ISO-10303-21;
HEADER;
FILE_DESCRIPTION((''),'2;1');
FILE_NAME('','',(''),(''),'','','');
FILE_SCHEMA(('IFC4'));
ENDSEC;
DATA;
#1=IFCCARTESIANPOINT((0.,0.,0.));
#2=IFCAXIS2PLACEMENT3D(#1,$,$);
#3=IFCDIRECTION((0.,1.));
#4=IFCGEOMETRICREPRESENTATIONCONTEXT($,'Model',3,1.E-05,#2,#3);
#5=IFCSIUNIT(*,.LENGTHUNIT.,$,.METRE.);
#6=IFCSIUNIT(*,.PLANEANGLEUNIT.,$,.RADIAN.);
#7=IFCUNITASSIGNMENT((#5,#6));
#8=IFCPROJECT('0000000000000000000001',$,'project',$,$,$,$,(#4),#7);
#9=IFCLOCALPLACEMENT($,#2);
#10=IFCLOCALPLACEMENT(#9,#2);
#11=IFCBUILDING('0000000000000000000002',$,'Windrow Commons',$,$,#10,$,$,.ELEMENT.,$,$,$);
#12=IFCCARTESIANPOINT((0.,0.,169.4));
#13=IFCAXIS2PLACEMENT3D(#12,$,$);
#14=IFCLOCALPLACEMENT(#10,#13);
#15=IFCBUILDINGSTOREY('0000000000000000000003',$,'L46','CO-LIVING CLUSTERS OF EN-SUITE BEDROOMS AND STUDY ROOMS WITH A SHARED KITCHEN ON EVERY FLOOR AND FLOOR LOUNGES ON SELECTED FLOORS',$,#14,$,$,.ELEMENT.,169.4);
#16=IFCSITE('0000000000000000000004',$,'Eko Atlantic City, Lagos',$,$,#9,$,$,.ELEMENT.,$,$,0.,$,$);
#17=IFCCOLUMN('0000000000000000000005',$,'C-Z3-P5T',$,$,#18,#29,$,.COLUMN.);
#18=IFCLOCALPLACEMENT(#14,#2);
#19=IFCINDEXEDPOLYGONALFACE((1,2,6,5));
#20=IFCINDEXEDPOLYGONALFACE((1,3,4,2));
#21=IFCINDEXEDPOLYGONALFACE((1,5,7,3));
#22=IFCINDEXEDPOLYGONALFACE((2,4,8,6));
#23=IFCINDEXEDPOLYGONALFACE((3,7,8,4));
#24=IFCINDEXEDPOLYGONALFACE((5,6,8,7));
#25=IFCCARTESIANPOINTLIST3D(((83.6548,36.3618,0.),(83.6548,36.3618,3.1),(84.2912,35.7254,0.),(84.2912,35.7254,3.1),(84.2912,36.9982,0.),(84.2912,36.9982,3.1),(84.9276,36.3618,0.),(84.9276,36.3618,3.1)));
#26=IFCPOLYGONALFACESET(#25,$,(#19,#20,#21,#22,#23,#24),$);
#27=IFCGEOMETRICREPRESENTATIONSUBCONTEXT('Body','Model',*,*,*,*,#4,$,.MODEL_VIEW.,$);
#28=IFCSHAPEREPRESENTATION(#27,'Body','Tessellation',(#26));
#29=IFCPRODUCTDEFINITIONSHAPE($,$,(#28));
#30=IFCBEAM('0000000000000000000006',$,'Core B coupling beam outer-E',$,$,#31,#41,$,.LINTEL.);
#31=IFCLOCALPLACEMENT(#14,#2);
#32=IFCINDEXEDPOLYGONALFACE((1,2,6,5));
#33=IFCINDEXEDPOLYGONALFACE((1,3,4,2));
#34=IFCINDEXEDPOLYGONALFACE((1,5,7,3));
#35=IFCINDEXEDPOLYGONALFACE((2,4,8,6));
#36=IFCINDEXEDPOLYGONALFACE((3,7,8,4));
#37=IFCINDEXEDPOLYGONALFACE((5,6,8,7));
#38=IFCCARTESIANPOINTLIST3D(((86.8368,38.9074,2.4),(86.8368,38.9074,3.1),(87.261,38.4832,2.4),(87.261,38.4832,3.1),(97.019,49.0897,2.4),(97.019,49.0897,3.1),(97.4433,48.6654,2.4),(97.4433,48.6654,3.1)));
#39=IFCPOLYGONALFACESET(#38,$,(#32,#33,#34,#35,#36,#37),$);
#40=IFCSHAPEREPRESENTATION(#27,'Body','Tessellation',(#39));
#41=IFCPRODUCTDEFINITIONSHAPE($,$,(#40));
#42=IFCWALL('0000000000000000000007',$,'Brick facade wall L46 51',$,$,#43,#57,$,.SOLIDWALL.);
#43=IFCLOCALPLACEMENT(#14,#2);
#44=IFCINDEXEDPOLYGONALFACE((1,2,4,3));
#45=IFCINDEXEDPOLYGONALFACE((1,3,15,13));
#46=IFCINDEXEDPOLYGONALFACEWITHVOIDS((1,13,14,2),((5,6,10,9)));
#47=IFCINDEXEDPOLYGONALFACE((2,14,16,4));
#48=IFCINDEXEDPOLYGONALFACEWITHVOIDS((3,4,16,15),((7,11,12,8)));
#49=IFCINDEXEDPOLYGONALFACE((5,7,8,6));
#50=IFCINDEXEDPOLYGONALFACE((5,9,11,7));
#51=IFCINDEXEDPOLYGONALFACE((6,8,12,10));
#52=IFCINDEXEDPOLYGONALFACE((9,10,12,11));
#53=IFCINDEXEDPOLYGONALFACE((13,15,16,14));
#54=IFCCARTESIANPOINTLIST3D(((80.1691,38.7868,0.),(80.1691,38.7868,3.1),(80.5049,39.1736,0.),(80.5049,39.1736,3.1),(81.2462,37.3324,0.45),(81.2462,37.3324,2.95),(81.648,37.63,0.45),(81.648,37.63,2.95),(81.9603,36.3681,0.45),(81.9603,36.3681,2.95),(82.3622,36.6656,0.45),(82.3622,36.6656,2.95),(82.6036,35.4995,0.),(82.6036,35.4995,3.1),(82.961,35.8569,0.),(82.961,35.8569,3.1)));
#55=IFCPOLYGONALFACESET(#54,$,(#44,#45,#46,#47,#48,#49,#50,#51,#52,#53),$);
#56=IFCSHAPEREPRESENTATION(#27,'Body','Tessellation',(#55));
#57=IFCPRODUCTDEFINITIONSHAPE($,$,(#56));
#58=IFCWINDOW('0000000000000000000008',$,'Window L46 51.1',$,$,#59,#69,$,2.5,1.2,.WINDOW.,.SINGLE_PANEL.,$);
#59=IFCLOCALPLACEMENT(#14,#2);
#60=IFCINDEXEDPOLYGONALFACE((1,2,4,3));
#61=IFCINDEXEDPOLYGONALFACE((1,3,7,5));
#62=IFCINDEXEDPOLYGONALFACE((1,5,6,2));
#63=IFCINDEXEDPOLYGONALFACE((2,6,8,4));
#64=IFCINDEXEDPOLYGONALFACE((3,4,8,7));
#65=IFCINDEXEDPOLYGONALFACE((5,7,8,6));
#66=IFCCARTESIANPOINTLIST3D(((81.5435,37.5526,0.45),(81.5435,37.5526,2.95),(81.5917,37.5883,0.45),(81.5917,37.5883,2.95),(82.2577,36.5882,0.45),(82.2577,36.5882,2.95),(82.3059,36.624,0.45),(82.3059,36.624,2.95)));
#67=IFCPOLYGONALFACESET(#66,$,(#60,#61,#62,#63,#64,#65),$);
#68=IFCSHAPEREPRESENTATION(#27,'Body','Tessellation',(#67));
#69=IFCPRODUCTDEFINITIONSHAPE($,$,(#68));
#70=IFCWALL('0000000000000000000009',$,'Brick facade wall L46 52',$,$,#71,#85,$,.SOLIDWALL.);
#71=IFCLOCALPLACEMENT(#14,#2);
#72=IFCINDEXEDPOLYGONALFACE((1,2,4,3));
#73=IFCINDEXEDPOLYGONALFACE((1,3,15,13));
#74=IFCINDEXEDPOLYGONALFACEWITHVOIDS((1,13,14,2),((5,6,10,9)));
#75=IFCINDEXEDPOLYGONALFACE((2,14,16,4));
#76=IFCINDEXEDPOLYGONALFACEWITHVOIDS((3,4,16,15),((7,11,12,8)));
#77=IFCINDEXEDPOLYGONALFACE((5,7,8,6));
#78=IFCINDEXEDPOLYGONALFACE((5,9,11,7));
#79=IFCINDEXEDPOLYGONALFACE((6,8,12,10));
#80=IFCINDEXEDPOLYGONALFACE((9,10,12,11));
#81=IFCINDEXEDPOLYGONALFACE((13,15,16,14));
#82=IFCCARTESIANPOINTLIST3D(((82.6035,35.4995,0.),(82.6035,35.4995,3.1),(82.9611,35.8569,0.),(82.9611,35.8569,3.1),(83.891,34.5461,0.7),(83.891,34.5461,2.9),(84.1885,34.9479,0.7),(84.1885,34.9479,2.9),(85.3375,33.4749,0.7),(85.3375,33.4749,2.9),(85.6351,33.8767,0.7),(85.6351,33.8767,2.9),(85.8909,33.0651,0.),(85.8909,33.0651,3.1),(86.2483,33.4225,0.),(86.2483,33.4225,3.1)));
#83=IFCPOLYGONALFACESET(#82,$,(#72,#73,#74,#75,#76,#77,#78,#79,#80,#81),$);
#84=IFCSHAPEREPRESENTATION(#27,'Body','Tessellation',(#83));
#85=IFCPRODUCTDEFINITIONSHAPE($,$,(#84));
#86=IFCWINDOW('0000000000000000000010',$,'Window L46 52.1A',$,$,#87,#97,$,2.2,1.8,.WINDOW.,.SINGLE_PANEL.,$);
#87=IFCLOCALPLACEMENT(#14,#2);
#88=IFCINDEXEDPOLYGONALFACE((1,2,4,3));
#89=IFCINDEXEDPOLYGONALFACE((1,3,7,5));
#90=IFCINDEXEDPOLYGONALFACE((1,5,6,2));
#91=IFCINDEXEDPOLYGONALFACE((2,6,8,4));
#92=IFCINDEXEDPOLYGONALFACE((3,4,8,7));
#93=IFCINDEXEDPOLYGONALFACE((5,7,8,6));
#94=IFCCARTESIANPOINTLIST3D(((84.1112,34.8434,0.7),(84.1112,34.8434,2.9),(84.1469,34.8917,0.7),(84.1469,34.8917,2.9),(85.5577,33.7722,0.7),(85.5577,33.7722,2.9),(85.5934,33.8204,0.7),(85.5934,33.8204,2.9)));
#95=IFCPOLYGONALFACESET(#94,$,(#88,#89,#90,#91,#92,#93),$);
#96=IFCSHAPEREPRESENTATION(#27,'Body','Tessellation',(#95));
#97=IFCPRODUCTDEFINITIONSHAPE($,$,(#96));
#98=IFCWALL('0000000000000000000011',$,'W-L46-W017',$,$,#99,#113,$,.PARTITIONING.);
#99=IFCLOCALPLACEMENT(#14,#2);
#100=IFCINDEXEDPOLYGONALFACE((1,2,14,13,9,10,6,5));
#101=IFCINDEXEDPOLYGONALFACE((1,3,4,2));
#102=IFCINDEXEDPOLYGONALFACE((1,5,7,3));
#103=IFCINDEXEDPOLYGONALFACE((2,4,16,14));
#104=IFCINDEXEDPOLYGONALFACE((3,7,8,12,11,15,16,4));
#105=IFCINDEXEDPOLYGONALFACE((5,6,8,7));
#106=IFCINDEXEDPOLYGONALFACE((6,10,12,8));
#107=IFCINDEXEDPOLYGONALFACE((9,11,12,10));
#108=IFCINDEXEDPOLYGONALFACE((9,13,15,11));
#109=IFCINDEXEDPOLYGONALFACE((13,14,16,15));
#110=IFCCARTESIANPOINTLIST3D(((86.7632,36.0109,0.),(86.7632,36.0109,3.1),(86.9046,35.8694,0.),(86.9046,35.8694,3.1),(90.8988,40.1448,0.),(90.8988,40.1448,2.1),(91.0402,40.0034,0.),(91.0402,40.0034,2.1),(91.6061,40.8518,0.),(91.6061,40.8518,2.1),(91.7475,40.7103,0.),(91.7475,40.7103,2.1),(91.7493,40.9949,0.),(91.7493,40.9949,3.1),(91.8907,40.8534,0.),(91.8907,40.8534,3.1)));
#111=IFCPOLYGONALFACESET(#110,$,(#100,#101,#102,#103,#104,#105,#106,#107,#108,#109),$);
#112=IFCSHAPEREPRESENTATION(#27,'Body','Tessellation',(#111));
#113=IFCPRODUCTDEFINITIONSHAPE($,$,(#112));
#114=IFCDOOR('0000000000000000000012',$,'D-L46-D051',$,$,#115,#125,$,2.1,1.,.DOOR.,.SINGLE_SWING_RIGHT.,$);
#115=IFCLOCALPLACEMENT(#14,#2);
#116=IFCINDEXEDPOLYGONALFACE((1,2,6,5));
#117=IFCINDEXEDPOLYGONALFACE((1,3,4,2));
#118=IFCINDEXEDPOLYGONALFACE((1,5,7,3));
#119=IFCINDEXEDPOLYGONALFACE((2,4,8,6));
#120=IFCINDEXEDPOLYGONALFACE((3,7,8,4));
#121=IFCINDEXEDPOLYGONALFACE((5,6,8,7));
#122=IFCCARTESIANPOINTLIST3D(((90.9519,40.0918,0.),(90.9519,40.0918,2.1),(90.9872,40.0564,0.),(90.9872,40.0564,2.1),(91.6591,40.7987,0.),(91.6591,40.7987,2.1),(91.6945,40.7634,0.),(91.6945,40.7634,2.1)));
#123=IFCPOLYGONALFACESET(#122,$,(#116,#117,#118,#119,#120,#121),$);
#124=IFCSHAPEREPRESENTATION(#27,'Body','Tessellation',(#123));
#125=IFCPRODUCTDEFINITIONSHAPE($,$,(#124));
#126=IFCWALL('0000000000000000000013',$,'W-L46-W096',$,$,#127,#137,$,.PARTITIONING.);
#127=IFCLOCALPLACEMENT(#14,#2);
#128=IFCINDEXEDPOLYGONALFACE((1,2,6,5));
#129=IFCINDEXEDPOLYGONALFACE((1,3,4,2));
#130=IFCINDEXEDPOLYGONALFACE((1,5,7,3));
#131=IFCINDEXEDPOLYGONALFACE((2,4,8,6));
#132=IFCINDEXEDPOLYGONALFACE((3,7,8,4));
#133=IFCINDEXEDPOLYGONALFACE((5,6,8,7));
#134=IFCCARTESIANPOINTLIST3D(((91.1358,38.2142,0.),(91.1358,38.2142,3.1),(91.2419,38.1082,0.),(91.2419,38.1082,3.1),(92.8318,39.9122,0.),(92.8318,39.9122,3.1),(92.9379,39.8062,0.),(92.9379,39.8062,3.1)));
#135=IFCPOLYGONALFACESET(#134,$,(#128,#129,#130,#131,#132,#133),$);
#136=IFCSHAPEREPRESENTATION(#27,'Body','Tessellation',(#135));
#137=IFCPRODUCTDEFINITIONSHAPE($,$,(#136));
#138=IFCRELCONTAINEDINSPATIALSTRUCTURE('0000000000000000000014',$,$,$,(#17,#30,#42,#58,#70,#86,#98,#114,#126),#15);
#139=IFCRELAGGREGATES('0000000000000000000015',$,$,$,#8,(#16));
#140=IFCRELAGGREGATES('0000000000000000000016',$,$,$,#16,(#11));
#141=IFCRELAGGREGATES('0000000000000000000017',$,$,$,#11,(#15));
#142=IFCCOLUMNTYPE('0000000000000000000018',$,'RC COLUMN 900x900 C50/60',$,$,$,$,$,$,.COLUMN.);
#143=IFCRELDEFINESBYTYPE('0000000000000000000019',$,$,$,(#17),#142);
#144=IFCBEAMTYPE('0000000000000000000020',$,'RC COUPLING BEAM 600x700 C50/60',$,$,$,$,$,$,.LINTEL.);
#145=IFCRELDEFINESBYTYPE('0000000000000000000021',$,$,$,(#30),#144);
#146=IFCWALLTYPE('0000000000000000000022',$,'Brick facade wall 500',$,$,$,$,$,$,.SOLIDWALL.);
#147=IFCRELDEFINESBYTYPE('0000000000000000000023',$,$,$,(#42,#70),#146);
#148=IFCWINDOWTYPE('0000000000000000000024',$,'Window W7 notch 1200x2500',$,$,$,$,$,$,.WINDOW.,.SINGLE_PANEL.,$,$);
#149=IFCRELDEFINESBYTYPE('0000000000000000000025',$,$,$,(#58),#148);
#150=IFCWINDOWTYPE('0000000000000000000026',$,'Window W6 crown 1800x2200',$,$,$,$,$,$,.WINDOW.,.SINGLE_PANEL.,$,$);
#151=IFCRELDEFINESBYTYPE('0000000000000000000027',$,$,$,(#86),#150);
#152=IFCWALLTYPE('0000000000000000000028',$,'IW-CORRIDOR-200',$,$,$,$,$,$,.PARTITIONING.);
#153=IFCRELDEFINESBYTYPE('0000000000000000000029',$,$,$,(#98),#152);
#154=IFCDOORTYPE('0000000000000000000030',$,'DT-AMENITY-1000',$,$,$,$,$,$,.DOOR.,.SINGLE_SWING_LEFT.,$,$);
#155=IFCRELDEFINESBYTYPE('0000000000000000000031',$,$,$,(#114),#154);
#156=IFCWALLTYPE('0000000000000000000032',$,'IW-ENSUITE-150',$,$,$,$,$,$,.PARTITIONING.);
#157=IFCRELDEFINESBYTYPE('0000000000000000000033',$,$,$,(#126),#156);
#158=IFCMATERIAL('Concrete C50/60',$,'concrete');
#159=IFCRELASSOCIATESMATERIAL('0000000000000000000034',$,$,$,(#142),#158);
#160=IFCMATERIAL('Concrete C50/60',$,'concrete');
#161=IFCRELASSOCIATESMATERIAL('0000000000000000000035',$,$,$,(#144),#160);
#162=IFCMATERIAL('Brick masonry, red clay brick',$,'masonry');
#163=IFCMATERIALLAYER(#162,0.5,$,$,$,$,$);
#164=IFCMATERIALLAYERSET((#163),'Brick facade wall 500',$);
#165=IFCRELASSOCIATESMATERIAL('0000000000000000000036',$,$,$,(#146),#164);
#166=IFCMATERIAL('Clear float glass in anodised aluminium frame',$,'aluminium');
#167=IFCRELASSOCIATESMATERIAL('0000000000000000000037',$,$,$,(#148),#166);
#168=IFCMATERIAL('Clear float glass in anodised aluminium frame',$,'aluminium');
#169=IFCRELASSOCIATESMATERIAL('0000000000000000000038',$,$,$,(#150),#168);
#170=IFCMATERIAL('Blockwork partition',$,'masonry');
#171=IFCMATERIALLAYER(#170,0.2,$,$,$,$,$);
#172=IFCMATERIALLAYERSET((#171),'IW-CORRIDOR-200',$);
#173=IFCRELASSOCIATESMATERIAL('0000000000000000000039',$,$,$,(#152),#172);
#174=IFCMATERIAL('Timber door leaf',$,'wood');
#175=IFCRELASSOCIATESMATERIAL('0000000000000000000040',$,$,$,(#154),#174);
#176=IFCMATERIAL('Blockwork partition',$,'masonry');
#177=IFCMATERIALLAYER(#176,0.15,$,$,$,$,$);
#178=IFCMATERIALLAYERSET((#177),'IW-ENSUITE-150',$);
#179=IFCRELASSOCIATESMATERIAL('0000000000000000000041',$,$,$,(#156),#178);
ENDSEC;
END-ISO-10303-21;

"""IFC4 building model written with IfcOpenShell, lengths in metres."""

from ifc_helpers import new_model, si_unit, direction, frame, frame_2d, origin, origin_2d, place, context, subcontext, project, spatial, polyline, rectangle, outline, extrude, material, layer, layer_set, material_profile, profile_set, type_object, element, fill, save


model = new_model("IFC4")

# Units and contexts
model_context = context("Model", 3, precision=1e-05, world=origin(), true_north=direction((0.0, 1.0)))
body_context = subcontext(model_context, "Body", "Model", "MODEL_VIEW")
ifc_project = project(units=[si_unit("LENGTHUNIT", "METRE"), si_unit("PLANEANGLEUNIT", "RADIAN")], contexts=[model_context])

# Site, building, storey
site_placement = place(None, origin())
site = spatial("IfcSite", under=ifc_project, at=site_placement, Name="Eko Atlantic City, Lagos", CompositionType="ELEMENT", RefElevation=0.0)
building_placement = place(site_placement, origin())
building = spatial("IfcBuilding", under=site, at=building_placement, Name="Windrow Commons", CompositionType="ELEMENT")
storey_placement = place(building_placement, frame((0.0, 0.0, 169.4)))
storey = spatial("IfcBuildingStorey", under=building, at=storey_placement, Name="L46", Description="CO-LIVING CLUSTERS OF EN-SUITE BEDROOMS AND STUDY ROOMS WITH A SHARED KITCHEN ON EVERY FLOOR AND FLOOR LOUNGES ON SELECTED FLOORS", CompositionType="ELEMENT", Elevation=169.4)

# Column
ifc_material_1 = material(Name="Concrete C50/60", Category="concrete")
ifc_material_profile_1 = material_profile(ifc_material_1, rectangle(XDim=0.9, YDim=0.9, at=origin_2d()))
ifc_profile_set_1 = profile_set([ifc_material_profile_1], Name="Concrete C50/60")
column_type = type_object("IfcColumnType", Name="RC COLUMN 900x900 C50/60", PredefinedType="COLUMN", material=ifc_profile_set_1)
column_placement = place(storey_placement, frame((84.2912, 36.3618, 0.0), z_axis=(0.0, 0.0, 1.0), x_axis=(0.707107, -0.707107, 0.0)))
element("IfcColumn", 1, at=column_placement, inside=storey, type_object=column_type, Name="C-Z3-P5T", PredefinedType="COLUMN", context=body_context, shape_type="SweptSolid", body=[
    extrude(rectangle(XDim=0.9, YDim=0.9, at=origin_2d()), origin(), (0.0, 0.0, 1.0), 3.1),
])

# Beam
ifc_material_2 = material(Name="Concrete C50/60", Category="concrete")
ifc_material_profile_2 = material_profile(ifc_material_2, rectangle(XDim=0.6, YDim=0.7, at=origin_2d()))
ifc_profile_set_2 = profile_set([ifc_material_profile_2], Name="Concrete C50/60")
beam_type = type_object("IfcBeamType", Name="RC COUPLING BEAM 600x700 C50/60", PredefinedType="LINTEL", material=ifc_profile_set_2)
beam_placement = place(storey_placement, frame((87.0489, 38.6953, 2.75), z_axis=(0.707107, 0.707107, 0.0), x_axis=(-0.707107, 0.707107, 0.0)))
element("IfcBeam", 2, at=beam_placement, inside=storey, type_object=beam_type, Name="Core B coupling beam outer-E", PredefinedType="LINTEL", context=body_context, shape_type="SweptSolid", body=[
    extrude(rectangle(XDim=0.6, YDim=0.7, at=origin_2d()), origin(), (0.0, 0.0, 1.0), 14.3999),
])

# Walls, openings, windows
ifc_material_3 = material(Name="Brick masonry, red clay brick", Category="masonry")
ifc_layer_1 = layer(ifc_material_3, 0.5)
ifc_layer_set_1 = layer_set([ifc_layer_1], Name="Brick facade wall 500")
wall_type_1 = type_object("IfcWallType", Name="Brick facade wall 500", PredefinedType="SOLIDWALL", material=ifc_layer_set_1)
wall_1_placement = place(storey_placement, frame((80.337, 38.9802, 0.0), z_axis=(0.0, 0.0, 1.0), x_axis=(0.595129, -0.80363, 0.0)))
wall_1 = element("IfcWall", 3, at=wall_1_placement, inside=storey, type_object=wall_type_1, Name="Brick facade wall L46 51", PredefinedType="SOLIDWALL", context=body_context, shape_type="SweptSolid", body=[
    extrude(outline(polyline([(0.0555, -0.25), (4.1461, -0.25), (4.0716, 0.25), (-0.0555, 0.25), (0.0555, -0.25)])), origin(), (0.0, 0.0, 1.0), 3.1),
])
opening_1_placement = place(wall_1_placement, frame((1.8653, 0.0, 0.45)))
opening_1 = element("IfcOpeningElement", 4, at=opening_1_placement, cuts=wall_1, PredefinedType="OPENING", context=body_context, shape_type="SweptSolid", body=[
    extrude(rectangle(XDim=1.2, YDim=2.5, at=frame_2d((0.6, 1.25))), frame((0.0, 0.26, 0.0), z_axis=(0.0, -1.0, 0.0), x_axis=(1.0, 0.0, 0.0)), (0.0, 0.0, 1.0), 0.52),
])
ifc_material_4 = material(Name="Clear float glass in anodised aluminium frame", Category="aluminium")
window_type_1 = type_object("IfcWindowType", Name="Window W7 notch 1200x2500", PartitioningType="SINGLE_PANEL", PredefinedType="WINDOW", material=ifc_material_4)
window_1_placement = place(opening_1_placement, origin())
window_1 = element("IfcWindow", 5, at=window_1_placement, inside=storey, type_object=window_type_1, Name="Window L46 51.1", OverallHeight=2.5, OverallWidth=1.2, PartitioningType="SINGLE_PANEL", PredefinedType="WINDOW", context=body_context, shape_type="SweptSolid", body=[
    extrude(rectangle(XDim=1.2, YDim=2.5, at=frame_2d((0.6, 1.25))), frame((0.0, 0.18, 0.0), z_axis=(0.0, -1.0, 0.0), x_axis=(1.0, 0.0, 0.0)), (0.0, 0.0, 1.0), 0.06),
])
fill(opening_1, window_1)
wall_2_placement = place(storey_placement, frame((82.7823, 35.6782, 0.0), z_axis=(0.0, 0.0, 1.0), x_axis=(0.803632, -0.595127, 0.0)))
wall_2 = element("IfcWall", 6, at=wall_2_placement, inside=storey, type_object=wall_type_1, Name="Brick facade wall L46 52", PredefinedType="SOLIDWALL", context=body_context, shape_type="SweptSolid", body=[
    extrude(outline(polyline([(-0.0373, -0.25), (4.0533, -0.25), (4.1278, 0.25), (0.0373, 0.25), (-0.0373, -0.25)])), origin(), (0.0, 0.0, 1.0), 3.1),
])
opening_2_placement = place(wall_2_placement, frame((1.5647, 0.0, 0.7)))
opening_2 = element("IfcOpeningElement", 7, at=opening_2_placement, cuts=wall_2, PredefinedType="OPENING", context=body_context, shape_type="SweptSolid", body=[
    extrude(rectangle(XDim=1.8, YDim=2.2, at=frame_2d((0.9, 1.1))), frame((0.0, 0.26, 0.0), z_axis=(0.0, -1.0, 0.0), x_axis=(1.0, 0.0, 0.0)), (0.0, 0.0, 1.0), 0.52),
])
ifc_material_5 = material(Name="Clear float glass in anodised aluminium frame", Category="aluminium")
window_type_2 = type_object("IfcWindowType", Name="Window W6 crown 1800x2200", PartitioningType="SINGLE_PANEL", PredefinedType="WINDOW", material=ifc_material_5)
window_2_placement = place(opening_2_placement, origin())
window_2 = element("IfcWindow", 8, at=window_2_placement, inside=storey, type_object=window_type_2, Name="Window L46 52.1A", OverallHeight=2.2, OverallWidth=1.8, PartitioningType="SINGLE_PANEL", PredefinedType="WINDOW", context=body_context, shape_type="SweptSolid", body=[
    extrude(rectangle(XDim=1.8, YDim=2.2, at=frame_2d((0.9, 1.1))), frame((0.0, 0.18, 0.0), z_axis=(0.0, -1.0, 0.0), x_axis=(1.0, 0.0, 0.0)), (0.0, 0.0, 1.0), 0.06),
])
fill(opening_2, window_2)

# Wall, opening, door
ifc_material_6 = material(Name="Blockwork partition", Category="masonry")
ifc_layer_2 = layer(ifc_material_6, 0.2)
ifc_layer_set_2 = layer_set([ifc_layer_2], Name="IW-CORRIDOR-200")
wall_type_2 = type_object("IfcWallType", Name="IW-CORRIDOR-200", PredefinedType="PARTITIONING", material=ifc_layer_set_2)
wall_3_placement = place(storey_placement, frame((86.8339, 35.9401, 0.0), z_axis=(0.0, 0.0, 1.0), x_axis=(0.707249, 0.706965, 0.0)))
wall_3 = element("IfcWall", 9, at=wall_3_placement, inside=storey, type_object=wall_type_2, Name="W-L46-W017", PredefinedType="PARTITIONING", context=body_context, shape_type="SweptSolid", body=[
    extrude(rectangle(XDim=7.0499, YDim=0.2, at=frame_2d((3.525, 0.0))), origin(), (0.0, 0.0, 1.0), 3.1),
])
opening_3_placement = place(wall_3_placement, frame((5.8475, 0.0, 0.0)))
opening_3 = element("IfcOpeningElement", 10, at=opening_3_placement, cuts=wall_3, PredefinedType="OPENING", context=body_context, shape_type="SweptSolid", body=[
    extrude(rectangle(XDim=1.0, YDim=2.1, at=frame_2d((0.5, 1.05))), frame((0.0, 0.11, 0.0), z_axis=(0.0, -1.0, 0.0), x_axis=(1.0, 0.0, 0.0)), (0.0, 0.0, 1.0), 0.22),
])
ifc_material_7 = material(Name="Timber door leaf", Category="wood")
door_type_1 = type_object("IfcDoorType", Name="DT-AMENITY-1000", OperationType="SINGLE_SWING_LEFT", PredefinedType="DOOR", material=ifc_material_7)
door_1_placement = place(opening_3_placement, origin())
door_1 = element("IfcDoor", 11, at=door_1_placement, inside=storey, type_object=door_type_1, Name="D-L46-D051", OperationType="SINGLE_SWING_RIGHT", OverallHeight=2.1, OverallWidth=1.0, PredefinedType="DOOR", context=body_context, shape_type="SweptSolid", body=[
    extrude(rectangle(XDim=1.0, YDim=2.1, at=frame_2d((0.5, 1.05))), frame((0.0, 0.025, 0.0), z_axis=(0.0, -1.0, 0.0), x_axis=(1.0, 0.0, 0.0)), (0.0, 0.0, 1.0), 0.05),
])
fill(opening_3, door_1)

# Wall
ifc_material_8 = material(Name="Blockwork partition", Category="masonry")
ifc_layer_3 = layer(ifc_material_8, 0.15)
ifc_layer_set_3 = layer_set([ifc_layer_3], Name="IW-ENSUITE-150")
wall_type_3 = type_object("IfcWallType", Name="IW-ENSUITE-150", PredefinedType="PARTITIONING", material=ifc_layer_set_3)
wall_4_placement = place(storey_placement, frame((91.1888, 38.1612, 0.0), z_axis=(0.0, 0.0, 1.0), x_axis=(0.70669, 0.707523, 0.0)))
element("IfcWall", 12, at=wall_4_placement, inside=storey, type_object=wall_type_3, Name="W-L46-W096", PredefinedType="PARTITIONING", context=body_context, shape_type="SweptSolid", body=[
    extrude(rectangle(XDim=2.3999, YDim=0.15, at=frame_2d((1.2, 0.0))), origin(), (0.0, 0.0, 1.0), 3.1),
])

save(model, "model.ifc")
